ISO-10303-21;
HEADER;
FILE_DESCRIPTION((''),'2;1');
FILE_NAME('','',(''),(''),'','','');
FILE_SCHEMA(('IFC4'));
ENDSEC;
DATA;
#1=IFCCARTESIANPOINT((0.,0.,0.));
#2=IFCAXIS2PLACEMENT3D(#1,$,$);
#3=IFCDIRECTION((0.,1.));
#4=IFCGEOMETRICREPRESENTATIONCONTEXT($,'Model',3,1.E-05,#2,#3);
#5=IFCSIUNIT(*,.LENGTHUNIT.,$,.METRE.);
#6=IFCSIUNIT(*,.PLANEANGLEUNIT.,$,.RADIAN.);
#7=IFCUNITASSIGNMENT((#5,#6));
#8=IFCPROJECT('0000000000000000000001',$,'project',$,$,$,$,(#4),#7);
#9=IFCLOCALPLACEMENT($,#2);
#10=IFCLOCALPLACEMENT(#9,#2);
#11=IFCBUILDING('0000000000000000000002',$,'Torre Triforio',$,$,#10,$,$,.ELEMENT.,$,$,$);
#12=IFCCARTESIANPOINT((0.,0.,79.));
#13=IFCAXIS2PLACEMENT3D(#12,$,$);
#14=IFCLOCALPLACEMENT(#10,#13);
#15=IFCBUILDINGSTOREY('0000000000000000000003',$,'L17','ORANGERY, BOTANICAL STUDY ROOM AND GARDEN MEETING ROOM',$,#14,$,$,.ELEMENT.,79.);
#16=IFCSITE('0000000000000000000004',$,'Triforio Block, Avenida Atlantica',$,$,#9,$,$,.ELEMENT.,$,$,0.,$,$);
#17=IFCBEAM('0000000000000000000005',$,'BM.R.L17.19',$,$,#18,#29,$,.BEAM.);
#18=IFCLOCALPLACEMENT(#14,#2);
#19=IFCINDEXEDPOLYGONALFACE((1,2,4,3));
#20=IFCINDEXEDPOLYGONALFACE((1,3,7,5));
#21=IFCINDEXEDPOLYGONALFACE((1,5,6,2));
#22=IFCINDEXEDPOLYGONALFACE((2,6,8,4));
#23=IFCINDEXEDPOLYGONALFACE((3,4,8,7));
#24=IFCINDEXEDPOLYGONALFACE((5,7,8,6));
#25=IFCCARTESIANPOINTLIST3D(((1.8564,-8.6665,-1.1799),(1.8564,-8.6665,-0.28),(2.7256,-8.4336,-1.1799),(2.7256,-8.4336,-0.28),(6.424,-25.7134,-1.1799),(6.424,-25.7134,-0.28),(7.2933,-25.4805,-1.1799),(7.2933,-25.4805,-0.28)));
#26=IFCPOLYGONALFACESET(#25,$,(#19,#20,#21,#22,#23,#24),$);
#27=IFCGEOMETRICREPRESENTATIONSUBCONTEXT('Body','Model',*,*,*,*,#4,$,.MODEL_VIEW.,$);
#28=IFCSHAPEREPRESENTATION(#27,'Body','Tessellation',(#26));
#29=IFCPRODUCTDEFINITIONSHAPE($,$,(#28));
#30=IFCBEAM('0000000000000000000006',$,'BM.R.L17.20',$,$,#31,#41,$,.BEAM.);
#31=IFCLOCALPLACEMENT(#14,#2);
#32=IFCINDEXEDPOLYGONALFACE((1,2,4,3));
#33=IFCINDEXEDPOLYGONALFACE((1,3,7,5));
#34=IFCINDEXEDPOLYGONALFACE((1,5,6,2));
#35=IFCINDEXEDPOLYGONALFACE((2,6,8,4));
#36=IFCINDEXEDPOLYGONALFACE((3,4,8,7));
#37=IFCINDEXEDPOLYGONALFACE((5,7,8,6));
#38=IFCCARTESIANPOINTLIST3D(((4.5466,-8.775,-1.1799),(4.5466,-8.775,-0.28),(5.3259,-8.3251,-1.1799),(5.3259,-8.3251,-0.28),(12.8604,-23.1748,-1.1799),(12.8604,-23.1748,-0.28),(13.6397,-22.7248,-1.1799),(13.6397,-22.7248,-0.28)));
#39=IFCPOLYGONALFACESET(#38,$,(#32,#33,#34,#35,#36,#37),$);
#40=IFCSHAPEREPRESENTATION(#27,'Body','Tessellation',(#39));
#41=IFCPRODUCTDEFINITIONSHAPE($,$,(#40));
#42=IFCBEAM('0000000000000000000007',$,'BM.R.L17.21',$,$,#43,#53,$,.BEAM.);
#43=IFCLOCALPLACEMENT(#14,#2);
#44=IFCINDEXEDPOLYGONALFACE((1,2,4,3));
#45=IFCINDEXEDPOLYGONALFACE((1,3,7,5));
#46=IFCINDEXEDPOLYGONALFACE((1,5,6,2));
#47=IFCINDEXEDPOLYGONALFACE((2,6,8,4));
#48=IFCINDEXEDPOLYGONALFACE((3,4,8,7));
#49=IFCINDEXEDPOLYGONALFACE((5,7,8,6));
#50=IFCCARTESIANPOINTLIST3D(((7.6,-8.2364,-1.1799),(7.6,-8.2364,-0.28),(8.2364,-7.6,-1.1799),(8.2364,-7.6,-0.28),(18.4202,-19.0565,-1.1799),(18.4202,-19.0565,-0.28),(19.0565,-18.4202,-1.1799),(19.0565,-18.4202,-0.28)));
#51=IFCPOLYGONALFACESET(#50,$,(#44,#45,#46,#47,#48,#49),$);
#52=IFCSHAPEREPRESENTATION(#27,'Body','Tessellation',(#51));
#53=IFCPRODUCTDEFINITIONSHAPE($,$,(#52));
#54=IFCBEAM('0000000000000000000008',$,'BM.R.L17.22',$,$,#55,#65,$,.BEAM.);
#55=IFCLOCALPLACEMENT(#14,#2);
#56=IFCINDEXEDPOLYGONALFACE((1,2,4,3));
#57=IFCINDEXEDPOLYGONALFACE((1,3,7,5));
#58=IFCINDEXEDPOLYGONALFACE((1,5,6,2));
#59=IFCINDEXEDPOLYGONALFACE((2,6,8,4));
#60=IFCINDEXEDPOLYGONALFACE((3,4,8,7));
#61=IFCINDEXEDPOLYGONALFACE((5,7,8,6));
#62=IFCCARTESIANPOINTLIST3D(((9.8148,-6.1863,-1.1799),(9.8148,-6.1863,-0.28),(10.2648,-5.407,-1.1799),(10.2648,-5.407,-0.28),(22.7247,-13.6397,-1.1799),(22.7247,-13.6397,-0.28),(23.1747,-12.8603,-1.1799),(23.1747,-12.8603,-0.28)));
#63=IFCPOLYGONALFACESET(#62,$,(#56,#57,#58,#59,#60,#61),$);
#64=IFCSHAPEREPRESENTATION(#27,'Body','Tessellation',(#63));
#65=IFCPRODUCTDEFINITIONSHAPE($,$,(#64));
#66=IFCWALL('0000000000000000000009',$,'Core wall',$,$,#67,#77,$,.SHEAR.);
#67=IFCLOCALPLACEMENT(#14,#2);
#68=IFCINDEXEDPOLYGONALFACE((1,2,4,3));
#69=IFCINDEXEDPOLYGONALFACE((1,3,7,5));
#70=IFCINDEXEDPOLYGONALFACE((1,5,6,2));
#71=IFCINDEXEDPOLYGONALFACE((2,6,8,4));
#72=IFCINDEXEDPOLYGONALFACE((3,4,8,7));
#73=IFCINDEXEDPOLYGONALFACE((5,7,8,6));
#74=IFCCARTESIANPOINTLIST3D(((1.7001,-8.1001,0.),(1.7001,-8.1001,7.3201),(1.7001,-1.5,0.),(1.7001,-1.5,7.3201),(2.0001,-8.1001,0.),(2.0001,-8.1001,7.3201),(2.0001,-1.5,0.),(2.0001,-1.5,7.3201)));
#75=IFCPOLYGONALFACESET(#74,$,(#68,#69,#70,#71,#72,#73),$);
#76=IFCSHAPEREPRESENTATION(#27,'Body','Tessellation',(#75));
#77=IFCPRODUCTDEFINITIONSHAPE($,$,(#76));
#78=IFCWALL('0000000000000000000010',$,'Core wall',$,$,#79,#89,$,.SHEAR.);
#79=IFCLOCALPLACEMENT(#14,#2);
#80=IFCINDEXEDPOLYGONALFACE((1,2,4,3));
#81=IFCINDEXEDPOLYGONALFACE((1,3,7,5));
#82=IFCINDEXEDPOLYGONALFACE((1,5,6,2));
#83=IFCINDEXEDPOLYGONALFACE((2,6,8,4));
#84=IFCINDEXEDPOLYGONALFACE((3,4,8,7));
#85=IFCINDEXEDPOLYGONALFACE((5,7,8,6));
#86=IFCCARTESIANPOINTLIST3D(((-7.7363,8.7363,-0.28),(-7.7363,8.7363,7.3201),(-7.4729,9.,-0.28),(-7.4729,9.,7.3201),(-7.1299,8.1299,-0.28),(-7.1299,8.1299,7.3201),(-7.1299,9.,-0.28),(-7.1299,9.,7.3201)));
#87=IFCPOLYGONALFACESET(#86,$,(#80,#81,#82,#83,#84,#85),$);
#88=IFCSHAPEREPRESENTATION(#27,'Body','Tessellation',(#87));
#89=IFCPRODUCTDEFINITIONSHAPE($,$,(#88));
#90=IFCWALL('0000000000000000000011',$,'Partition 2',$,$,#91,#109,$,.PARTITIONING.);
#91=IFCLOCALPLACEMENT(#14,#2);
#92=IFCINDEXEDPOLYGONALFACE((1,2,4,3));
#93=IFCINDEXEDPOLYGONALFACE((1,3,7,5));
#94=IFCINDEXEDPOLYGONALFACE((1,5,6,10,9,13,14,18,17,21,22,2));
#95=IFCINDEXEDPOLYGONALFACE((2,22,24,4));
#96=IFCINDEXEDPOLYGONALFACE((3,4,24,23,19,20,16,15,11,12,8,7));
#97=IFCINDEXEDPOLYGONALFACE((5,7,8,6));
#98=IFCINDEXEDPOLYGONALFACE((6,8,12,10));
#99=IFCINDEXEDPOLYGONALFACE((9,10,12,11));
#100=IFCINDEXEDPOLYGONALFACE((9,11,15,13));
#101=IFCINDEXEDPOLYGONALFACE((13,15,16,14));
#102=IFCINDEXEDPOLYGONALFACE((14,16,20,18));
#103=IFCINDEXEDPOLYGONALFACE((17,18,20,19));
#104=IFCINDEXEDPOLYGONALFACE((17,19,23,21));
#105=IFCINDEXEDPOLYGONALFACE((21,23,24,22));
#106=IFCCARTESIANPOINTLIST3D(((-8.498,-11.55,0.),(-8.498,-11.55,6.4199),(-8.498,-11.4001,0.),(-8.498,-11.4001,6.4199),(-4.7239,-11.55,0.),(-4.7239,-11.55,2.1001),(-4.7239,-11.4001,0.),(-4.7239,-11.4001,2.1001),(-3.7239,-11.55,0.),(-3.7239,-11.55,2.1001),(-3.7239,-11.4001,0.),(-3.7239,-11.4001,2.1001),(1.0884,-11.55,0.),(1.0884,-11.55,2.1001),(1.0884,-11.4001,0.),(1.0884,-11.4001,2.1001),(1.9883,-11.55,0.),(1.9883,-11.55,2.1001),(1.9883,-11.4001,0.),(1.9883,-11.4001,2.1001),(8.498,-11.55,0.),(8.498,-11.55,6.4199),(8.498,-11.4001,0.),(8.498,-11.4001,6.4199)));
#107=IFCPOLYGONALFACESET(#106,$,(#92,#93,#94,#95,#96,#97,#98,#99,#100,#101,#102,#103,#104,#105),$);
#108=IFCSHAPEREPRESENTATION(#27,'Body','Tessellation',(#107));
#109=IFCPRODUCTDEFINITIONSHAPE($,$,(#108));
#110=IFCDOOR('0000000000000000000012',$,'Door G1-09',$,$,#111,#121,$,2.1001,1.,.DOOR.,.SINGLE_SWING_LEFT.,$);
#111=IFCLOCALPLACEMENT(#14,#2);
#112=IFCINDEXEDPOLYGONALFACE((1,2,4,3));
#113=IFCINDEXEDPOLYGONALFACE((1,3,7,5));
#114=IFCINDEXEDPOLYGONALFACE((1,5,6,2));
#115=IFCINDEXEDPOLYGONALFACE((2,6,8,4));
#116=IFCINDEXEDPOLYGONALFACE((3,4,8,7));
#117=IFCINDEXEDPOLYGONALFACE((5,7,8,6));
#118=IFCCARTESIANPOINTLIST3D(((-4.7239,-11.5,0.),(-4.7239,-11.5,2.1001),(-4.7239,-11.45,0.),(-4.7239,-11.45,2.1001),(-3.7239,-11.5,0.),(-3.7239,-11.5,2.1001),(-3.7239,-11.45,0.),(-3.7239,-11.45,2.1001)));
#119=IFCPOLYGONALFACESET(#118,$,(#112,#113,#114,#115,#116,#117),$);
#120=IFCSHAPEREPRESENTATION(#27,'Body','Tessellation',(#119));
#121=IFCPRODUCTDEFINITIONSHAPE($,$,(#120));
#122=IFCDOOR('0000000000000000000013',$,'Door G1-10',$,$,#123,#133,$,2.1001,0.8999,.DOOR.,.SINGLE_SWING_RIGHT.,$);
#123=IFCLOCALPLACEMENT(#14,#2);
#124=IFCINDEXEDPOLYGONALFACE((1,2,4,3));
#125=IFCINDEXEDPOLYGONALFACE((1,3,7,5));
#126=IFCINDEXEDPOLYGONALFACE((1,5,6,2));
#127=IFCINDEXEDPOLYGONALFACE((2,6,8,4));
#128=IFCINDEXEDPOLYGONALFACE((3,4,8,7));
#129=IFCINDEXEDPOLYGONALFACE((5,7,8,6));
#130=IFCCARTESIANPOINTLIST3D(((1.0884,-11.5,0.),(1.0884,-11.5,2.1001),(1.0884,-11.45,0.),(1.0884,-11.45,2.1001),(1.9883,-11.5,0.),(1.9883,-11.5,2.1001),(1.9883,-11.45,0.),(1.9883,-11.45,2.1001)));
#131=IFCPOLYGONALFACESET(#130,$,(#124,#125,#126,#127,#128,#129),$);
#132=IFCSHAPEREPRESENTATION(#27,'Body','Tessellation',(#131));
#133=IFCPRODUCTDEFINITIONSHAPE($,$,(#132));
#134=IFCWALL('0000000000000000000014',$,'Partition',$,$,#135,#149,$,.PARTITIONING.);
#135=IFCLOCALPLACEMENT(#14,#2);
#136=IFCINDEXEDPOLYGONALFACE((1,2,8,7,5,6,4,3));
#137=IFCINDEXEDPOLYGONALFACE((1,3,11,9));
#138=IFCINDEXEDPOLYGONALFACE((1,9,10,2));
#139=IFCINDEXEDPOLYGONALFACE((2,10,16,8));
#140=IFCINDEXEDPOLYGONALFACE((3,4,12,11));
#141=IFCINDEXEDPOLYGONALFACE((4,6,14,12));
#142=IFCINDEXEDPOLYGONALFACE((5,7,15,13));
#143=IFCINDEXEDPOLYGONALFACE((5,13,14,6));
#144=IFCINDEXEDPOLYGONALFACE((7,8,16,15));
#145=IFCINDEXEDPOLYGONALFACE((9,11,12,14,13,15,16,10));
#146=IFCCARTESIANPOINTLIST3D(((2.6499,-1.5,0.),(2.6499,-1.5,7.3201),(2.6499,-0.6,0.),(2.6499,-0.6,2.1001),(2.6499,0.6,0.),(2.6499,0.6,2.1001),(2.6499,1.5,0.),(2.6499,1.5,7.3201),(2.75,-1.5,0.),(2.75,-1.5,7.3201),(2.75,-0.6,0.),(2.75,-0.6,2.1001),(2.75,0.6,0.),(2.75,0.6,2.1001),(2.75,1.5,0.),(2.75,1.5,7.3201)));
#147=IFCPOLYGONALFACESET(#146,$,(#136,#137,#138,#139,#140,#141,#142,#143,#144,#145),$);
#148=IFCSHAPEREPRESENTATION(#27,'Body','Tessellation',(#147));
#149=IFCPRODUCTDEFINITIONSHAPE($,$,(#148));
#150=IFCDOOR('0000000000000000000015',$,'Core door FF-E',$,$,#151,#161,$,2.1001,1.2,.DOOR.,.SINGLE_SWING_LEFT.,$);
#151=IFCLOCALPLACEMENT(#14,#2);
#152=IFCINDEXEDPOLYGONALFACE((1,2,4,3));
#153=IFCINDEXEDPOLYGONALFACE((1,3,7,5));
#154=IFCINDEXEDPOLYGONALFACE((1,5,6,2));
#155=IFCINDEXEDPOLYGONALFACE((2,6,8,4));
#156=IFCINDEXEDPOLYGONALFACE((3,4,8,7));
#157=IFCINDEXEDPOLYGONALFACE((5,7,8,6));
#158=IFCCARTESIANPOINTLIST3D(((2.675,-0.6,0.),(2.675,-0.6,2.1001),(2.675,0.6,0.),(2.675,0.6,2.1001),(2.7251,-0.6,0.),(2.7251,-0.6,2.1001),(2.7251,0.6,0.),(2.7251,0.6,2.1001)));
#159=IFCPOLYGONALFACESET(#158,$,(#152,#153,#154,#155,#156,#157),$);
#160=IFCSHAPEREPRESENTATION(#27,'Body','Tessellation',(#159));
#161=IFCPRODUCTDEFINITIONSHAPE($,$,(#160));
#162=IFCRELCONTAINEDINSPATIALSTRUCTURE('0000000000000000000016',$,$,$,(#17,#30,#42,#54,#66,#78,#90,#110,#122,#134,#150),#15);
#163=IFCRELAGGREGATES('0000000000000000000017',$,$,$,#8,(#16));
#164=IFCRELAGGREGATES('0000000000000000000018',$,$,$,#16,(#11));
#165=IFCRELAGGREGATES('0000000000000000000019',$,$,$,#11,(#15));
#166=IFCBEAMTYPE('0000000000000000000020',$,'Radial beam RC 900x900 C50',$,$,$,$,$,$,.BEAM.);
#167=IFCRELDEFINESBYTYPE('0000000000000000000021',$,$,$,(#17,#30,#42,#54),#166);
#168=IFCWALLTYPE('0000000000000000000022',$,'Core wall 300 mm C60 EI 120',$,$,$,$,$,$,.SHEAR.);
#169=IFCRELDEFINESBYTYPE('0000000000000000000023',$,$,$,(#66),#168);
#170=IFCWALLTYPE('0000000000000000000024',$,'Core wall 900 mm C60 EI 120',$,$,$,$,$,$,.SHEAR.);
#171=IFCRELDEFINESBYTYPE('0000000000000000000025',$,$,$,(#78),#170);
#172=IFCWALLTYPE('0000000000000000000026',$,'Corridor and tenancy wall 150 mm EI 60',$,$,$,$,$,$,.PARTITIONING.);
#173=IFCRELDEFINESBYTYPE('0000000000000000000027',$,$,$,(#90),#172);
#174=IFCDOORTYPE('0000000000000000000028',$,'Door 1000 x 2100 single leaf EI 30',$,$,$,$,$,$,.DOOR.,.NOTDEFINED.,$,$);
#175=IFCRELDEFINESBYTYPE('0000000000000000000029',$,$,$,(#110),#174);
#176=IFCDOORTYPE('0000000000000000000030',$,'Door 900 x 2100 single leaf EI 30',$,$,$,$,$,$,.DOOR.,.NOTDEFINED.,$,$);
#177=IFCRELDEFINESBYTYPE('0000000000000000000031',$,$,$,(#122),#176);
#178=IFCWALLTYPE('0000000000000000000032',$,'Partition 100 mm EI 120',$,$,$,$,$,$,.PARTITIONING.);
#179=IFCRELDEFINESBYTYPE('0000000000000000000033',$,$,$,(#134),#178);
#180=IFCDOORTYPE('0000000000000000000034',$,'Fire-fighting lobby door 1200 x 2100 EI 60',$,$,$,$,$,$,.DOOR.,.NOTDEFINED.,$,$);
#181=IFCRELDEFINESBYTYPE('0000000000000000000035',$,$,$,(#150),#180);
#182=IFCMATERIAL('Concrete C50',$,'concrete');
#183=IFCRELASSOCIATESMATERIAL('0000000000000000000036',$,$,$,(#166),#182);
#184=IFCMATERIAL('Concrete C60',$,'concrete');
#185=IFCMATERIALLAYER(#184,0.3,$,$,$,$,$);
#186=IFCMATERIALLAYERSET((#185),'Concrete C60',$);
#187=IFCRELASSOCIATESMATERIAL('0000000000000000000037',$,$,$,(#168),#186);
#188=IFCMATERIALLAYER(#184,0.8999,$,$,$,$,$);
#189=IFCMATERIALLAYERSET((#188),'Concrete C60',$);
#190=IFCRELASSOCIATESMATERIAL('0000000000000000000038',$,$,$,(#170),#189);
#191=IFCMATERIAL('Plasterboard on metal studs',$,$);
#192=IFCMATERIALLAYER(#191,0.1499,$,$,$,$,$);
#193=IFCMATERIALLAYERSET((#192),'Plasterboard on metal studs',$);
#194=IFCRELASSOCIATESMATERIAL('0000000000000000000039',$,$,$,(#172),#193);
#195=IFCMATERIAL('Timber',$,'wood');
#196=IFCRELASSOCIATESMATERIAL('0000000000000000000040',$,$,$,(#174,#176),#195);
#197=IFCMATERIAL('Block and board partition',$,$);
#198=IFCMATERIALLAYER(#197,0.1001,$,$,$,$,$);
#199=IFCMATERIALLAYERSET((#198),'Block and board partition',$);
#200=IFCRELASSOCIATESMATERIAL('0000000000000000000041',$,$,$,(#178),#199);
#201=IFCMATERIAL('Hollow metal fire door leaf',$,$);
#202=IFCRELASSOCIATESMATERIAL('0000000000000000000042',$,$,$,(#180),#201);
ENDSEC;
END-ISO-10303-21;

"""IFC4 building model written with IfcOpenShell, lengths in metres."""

from ifc_helpers import new_model, si_unit, direction, frame, frame_2d, origin, origin_2d, place, context, subcontext, project, spatial, polyline, rectangle, outline, extrude, material, layer, layer_set, material_profile, profile_set, type_object, element, fill, save


model = new_model("IFC4")

# Units and contexts
model_context = context("Model", 3, precision=1e-05, world=origin(), true_north=direction((0.0, 1.0)))
body_context = subcontext(model_context, "Body", "Model", "MODEL_VIEW")
ifc_project = project(units=[si_unit("LENGTHUNIT", "METRE"), si_unit("PLANEANGLEUNIT", "RADIAN")], contexts=[model_context])

# Site, building, storey
site_placement = place(None, origin())
site = spatial("IfcSite", under=ifc_project, at=site_placement, Name="Triforio Block, Avenida Atlantica", CompositionType="ELEMENT", RefElevation=0.0)
building_placement = place(site_placement, origin())
building = spatial("IfcBuilding", under=site, at=building_placement, Name="Torre Triforio", CompositionType="ELEMENT")
storey_placement = place(building_placement, frame((0.0, 0.0, 79.0)))
storey = spatial("IfcBuildingStorey", under=building, at=storey_placement, Name="L17", Description="ORANGERY, BOTANICAL STUDY ROOM AND GARDEN MEETING ROOM", CompositionType="ELEMENT", Elevation=79.0)

# Beams
ifc_material_1 = material(Name="Concrete C50", Category="concrete")
ifc_material_profile = material_profile(ifc_material_1, rectangle(XDim=0.8999, YDim=0.8999, at=origin_2d()), Name="RC 900x900")
ifc_profile_set = profile_set([ifc_material_profile], Name="Concrete C50")
beam_type = type_object("IfcBeamType", Name="Radial beam RC 900x900 C50", PredefinedType="BEAM", material=ifc_profile_set)
beam_1_placement = place(storey_placement, frame((2.291, -8.55, -0.73), z_axis=(0.258815, -0.965927, 0.0), x_axis=(0.965927, 0.258815, 0.0)))
element("IfcBeam", 1, at=beam_1_placement, inside=storey, type_object=beam_type, Name="BM.R.L17.19", PredefinedType="BEAM", context=body_context, shape_type="SweptSolid", body=[
    extrude(rectangle(XDim=0.8999, YDim=0.8999, at=origin_2d()), origin(), (0.0, 0.0, 1.0), 17.6482),
])
beam_2_placement = place(storey_placement, frame((4.9363, -8.55, -0.73), z_axis=(0.500003, -0.866023, 0.0), x_axis=(0.866023, 0.500003, 0.0)))
element("IfcBeam", 2, at=beam_2_placement, inside=storey, type_object=beam_type, Name="BM.R.L17.20", PredefinedType="BEAM", context=body_context, shape_type="SweptSolid", body=[
    extrude(rectangle(XDim=0.8999, YDim=0.8999, at=origin_2d()), origin(), (0.0, 0.0, 1.0), 16.6274),
])
beam_3_placement = place(storey_placement, frame((7.9182, -7.9182, -0.73), z_axis=(0.707107, -0.707107, 0.0), x_axis=(0.707107, 0.707107, 0.0)))
element("IfcBeam", 3, at=beam_3_placement, inside=storey, type_object=beam_type, Name="BM.R.L17.21", PredefinedType="BEAM", context=body_context, shape_type="SweptSolid", body=[
    extrude(rectangle(XDim=0.8999, YDim=0.8999, at=origin_2d()), origin(), (0.0, 0.0, 1.0), 15.302),
])
beam_4_placement = place(storey_placement, frame((10.0398, -5.7966, -0.73), z_axis=(0.86603, -0.499991, 0.0), x_axis=(0.499991, 0.86603, 0.0)))
element("IfcBeam", 4, at=beam_4_placement, inside=storey, type_object=beam_type, Name="BM.R.L17.22", PredefinedType="BEAM", context=body_context, shape_type="SweptSolid", body=[
    extrude(rectangle(XDim=0.8999, YDim=0.8999, at=origin_2d()), origin(), (0.0, 0.0, 1.0), 14.907),
])

# Walls
ifc_material_2 = material(Name="Concrete C60", Category="concrete")
ifc_layer_1 = layer(ifc_material_2, 0.3)
ifc_layer_set_1 = layer_set([ifc_layer_1], Name="Concrete C60")
wall_type_1 = type_object("IfcWallType", Name="Core wall 300 mm C60 EI 120", PredefinedType="SHEAR", material=ifc_layer_set_1)
wall_1_placement = place(storey_placement, frame((1.8501, -8.1001, 0.0), z_axis=(0.0, 0.0, 1.0), x_axis=(0.0, 1.0, 0.0)))
element("IfcWall", 5, at=wall_1_placement, inside=storey, type_object=wall_type_1, Name="Core wall", PredefinedType="SHEAR", context=body_context, shape_type="SweptSolid", body=[
    extrude(rectangle(XDim=6.6001, YDim=0.3, at=frame_2d((3.3, 0.0))), origin(), (0.0, 0.0, 1.0), 7.3201),
])
ifc_layer_2 = layer(ifc_material_2, 0.8999)
ifc_layer_set_2 = layer_set([ifc_layer_2], Name="Concrete C60")
wall_type_2 = type_object("IfcWallType", Name="Core wall 900 mm C60 EI 120", PredefinedType="SHEAR", material=ifc_layer_set_2)
wall_2_placement = place(storey_placement, frame((0.0, 0.0, -0.28)))
element("IfcWall", 6, at=wall_2_placement, inside=storey, type_object=wall_type_2, Name="Core wall", PredefinedType="SHEAR", context=body_context, shape_type="SweptSolid", body=[
    extrude(outline(polyline([(-7.4729, 9.0), (-7.1299, 9.0), (-7.1299, 8.1299), (-7.7363, 8.7363), (-7.4729, 9.0)])), origin(), (0.0, 0.0, 1.0), 7.6001),
])

# Wall, openings, doors
ifc_material_3 = material(Name="Plasterboard on metal studs")
ifc_layer_3 = layer(ifc_material_3, 0.1499)
ifc_layer_set_3 = layer_set([ifc_layer_3], Name="Plasterboard on metal studs")
wall_type_3 = type_object("IfcWallType", Name="Corridor and tenancy wall 150 mm EI 60", PredefinedType="PARTITIONING", material=ifc_layer_set_3)
wall_3_placement = place(storey_placement, frame((8.498, -11.4751, 0.0), z_axis=(0.0, 0.0, 1.0), x_axis=(-1.0, 0.0, 0.0)))
wall_3 = element("IfcWall", 7, at=wall_3_placement, inside=storey, type_object=wall_type_3, Name="Partition 2", PredefinedType="PARTITIONING", context=body_context, shape_type="SweptSolid", body=[
    extrude(rectangle(XDim=16.9961, YDim=0.1499, at=frame_2d((8.498, 0.0))), origin(), (0.0, 0.0, 1.0), 6.4199),
])
opening_1_placement = place(wall_3_placement, frame((12.2219, 0.0, 0.0)))
opening_1 = element("IfcOpeningElement", 8, at=opening_1_placement, cuts=wall_3, PredefinedType="OPENING", context=body_context, shape_type="SweptSolid", body=[
    extrude(rectangle(XDim=1.0, YDim=2.1001, at=frame_2d((0.5, 1.05))), frame((0.0, 0.085, 0.0), z_axis=(0.0, -1.0, 0.0), x_axis=(1.0, 0.0, 0.0)), (0.0, 0.0, 1.0), 0.1699),
])
opening_2_placement = place(wall_3_placement, frame((6.5098, 0.0, 0.0)))
opening_2 = element("IfcOpeningElement", 9, at=opening_2_placement, cuts=wall_3, PredefinedType="OPENING", context=body_context, shape_type="SweptSolid", body=[
    extrude(rectangle(XDim=0.8999, YDim=2.1001, at=frame_2d((0.45, 1.05))), frame((0.0, 0.085, 0.0), z_axis=(0.0, -1.0, 0.0), x_axis=(1.0, 0.0, 0.0)), (0.0, 0.0, 1.0), 0.1699),
])
ifc_material_4 = material(Name="Timber", Category="wood")
door_type_1 = type_object("IfcDoorType", Name="Door 1000 x 2100 single leaf EI 30", OperationType="NOTDEFINED", PredefinedType="DOOR", material=ifc_material_4)
door_1_placement = place(opening_1_placement, origin())
door_1 = element("IfcDoor", 10, at=door_1_placement, inside=storey, type_object=door_type_1, Name="Door G1-09", OperationType="SINGLE_SWING_LEFT", OverallHeight=2.1001, OverallWidth=1.0, PredefinedType="DOOR", context=body_context, shape_type="SweptSolid", body=[
    extrude(rectangle(XDim=1.0, YDim=2.1001, at=frame_2d((0.5, 1.05))), frame((0.0, 0.0249, 0.0), z_axis=(0.0, -1.0, 0.0), x_axis=(1.0, 0.0, 0.0)), (0.0, 0.0, 1.0), 0.05),
])
fill(opening_1, door_1)
door_type_2 = type_object("IfcDoorType", Name="Door 900 x 2100 single leaf EI 30", OperationType="NOTDEFINED", PredefinedType="DOOR", material=ifc_material_4)
door_2_placement = place(opening_2_placement, origin())
door_2 = element("IfcDoor", 11, at=door_2_placement, inside=storey, type_object=door_type_2, Name="Door G1-10", OperationType="SINGLE_SWING_RIGHT", OverallHeight=2.1001, OverallWidth=0.8999, PredefinedType="DOOR", context=body_context, shape_type="SweptSolid", body=[
    extrude(rectangle(XDim=0.8999, YDim=2.1001, at=frame_2d((0.45, 1.05))), frame((0.0, 0.0249, 0.0), z_axis=(0.0, -1.0, 0.0), x_axis=(1.0, 0.0, 0.0)), (0.0, 0.0, 1.0), 0.05),
])
fill(opening_2, door_2)

# Wall, opening, door
ifc_material_5 = material(Name="Block and board partition")
ifc_layer_4 = layer(ifc_material_5, 0.1001)
ifc_layer_set_4 = layer_set([ifc_layer_4], Name="Block and board partition")
wall_type_4 = type_object("IfcWallType", Name="Partition 100 mm EI 120", PredefinedType="PARTITIONING", material=ifc_layer_set_4)
wall_4_placement = place(storey_placement, frame((2.7, -1.5, 0.0), z_axis=(0.0, 0.0, 1.0), x_axis=(0.0, 1.0, 0.0)))
wall_4 = element("IfcWall", 12, at=wall_4_placement, inside=storey, type_object=wall_type_4, Name="Partition", PredefinedType="PARTITIONING", context=body_context, shape_type="SweptSolid", body=[
    extrude(rectangle(XDim=3.0, YDim=0.1001, at=frame_2d((1.5, 0.0))), origin(), (0.0, 0.0, 1.0), 7.3201),
])
opening_3_placement = place(wall_4_placement, frame((0.8999, 0.0, 0.0)))
opening_3 = element("IfcOpeningElement", 13, at=opening_3_placement, cuts=wall_4, PredefinedType="OPENING", context=body_context, shape_type="SweptSolid", body=[
    extrude(rectangle(XDim=1.2, YDim=2.1001, at=frame_2d((0.6001, 1.05))), frame((0.0, 0.0601, 0.0), z_axis=(0.0, -1.0, 0.0), x_axis=(1.0, 0.0, 0.0)), (0.0, 0.0, 1.0), 0.1201),
])
ifc_material_6 = material(Name="Hollow metal fire door leaf")
door_type_3 = type_object("IfcDoorType", Name="Fire-fighting lobby door 1200 x 2100 EI 60", OperationType="NOTDEFINED", PredefinedType="DOOR", material=ifc_material_6)
door_3_placement = place(opening_3_placement, origin())
door_3 = element("IfcDoor", 14, at=door_3_placement, inside=storey, type_object=door_type_3, Name="Core door FF-E", OperationType="SINGLE_SWING_LEFT", OverallHeight=2.1001, OverallWidth=1.2, PredefinedType="DOOR", context=body_context, shape_type="SweptSolid", body=[
    extrude(rectangle(XDim=1.2, YDim=2.1001, at=frame_2d((0.6001, 1.05))), frame((0.0, 0.0249, 0.0), z_axis=(0.0, -1.0, 0.0), x_axis=(1.0, 0.0, 0.0)), (0.0, 0.0, 1.0), 0.05),
])
fill(opening_3, door_3)

save(model, "model.ifc")
